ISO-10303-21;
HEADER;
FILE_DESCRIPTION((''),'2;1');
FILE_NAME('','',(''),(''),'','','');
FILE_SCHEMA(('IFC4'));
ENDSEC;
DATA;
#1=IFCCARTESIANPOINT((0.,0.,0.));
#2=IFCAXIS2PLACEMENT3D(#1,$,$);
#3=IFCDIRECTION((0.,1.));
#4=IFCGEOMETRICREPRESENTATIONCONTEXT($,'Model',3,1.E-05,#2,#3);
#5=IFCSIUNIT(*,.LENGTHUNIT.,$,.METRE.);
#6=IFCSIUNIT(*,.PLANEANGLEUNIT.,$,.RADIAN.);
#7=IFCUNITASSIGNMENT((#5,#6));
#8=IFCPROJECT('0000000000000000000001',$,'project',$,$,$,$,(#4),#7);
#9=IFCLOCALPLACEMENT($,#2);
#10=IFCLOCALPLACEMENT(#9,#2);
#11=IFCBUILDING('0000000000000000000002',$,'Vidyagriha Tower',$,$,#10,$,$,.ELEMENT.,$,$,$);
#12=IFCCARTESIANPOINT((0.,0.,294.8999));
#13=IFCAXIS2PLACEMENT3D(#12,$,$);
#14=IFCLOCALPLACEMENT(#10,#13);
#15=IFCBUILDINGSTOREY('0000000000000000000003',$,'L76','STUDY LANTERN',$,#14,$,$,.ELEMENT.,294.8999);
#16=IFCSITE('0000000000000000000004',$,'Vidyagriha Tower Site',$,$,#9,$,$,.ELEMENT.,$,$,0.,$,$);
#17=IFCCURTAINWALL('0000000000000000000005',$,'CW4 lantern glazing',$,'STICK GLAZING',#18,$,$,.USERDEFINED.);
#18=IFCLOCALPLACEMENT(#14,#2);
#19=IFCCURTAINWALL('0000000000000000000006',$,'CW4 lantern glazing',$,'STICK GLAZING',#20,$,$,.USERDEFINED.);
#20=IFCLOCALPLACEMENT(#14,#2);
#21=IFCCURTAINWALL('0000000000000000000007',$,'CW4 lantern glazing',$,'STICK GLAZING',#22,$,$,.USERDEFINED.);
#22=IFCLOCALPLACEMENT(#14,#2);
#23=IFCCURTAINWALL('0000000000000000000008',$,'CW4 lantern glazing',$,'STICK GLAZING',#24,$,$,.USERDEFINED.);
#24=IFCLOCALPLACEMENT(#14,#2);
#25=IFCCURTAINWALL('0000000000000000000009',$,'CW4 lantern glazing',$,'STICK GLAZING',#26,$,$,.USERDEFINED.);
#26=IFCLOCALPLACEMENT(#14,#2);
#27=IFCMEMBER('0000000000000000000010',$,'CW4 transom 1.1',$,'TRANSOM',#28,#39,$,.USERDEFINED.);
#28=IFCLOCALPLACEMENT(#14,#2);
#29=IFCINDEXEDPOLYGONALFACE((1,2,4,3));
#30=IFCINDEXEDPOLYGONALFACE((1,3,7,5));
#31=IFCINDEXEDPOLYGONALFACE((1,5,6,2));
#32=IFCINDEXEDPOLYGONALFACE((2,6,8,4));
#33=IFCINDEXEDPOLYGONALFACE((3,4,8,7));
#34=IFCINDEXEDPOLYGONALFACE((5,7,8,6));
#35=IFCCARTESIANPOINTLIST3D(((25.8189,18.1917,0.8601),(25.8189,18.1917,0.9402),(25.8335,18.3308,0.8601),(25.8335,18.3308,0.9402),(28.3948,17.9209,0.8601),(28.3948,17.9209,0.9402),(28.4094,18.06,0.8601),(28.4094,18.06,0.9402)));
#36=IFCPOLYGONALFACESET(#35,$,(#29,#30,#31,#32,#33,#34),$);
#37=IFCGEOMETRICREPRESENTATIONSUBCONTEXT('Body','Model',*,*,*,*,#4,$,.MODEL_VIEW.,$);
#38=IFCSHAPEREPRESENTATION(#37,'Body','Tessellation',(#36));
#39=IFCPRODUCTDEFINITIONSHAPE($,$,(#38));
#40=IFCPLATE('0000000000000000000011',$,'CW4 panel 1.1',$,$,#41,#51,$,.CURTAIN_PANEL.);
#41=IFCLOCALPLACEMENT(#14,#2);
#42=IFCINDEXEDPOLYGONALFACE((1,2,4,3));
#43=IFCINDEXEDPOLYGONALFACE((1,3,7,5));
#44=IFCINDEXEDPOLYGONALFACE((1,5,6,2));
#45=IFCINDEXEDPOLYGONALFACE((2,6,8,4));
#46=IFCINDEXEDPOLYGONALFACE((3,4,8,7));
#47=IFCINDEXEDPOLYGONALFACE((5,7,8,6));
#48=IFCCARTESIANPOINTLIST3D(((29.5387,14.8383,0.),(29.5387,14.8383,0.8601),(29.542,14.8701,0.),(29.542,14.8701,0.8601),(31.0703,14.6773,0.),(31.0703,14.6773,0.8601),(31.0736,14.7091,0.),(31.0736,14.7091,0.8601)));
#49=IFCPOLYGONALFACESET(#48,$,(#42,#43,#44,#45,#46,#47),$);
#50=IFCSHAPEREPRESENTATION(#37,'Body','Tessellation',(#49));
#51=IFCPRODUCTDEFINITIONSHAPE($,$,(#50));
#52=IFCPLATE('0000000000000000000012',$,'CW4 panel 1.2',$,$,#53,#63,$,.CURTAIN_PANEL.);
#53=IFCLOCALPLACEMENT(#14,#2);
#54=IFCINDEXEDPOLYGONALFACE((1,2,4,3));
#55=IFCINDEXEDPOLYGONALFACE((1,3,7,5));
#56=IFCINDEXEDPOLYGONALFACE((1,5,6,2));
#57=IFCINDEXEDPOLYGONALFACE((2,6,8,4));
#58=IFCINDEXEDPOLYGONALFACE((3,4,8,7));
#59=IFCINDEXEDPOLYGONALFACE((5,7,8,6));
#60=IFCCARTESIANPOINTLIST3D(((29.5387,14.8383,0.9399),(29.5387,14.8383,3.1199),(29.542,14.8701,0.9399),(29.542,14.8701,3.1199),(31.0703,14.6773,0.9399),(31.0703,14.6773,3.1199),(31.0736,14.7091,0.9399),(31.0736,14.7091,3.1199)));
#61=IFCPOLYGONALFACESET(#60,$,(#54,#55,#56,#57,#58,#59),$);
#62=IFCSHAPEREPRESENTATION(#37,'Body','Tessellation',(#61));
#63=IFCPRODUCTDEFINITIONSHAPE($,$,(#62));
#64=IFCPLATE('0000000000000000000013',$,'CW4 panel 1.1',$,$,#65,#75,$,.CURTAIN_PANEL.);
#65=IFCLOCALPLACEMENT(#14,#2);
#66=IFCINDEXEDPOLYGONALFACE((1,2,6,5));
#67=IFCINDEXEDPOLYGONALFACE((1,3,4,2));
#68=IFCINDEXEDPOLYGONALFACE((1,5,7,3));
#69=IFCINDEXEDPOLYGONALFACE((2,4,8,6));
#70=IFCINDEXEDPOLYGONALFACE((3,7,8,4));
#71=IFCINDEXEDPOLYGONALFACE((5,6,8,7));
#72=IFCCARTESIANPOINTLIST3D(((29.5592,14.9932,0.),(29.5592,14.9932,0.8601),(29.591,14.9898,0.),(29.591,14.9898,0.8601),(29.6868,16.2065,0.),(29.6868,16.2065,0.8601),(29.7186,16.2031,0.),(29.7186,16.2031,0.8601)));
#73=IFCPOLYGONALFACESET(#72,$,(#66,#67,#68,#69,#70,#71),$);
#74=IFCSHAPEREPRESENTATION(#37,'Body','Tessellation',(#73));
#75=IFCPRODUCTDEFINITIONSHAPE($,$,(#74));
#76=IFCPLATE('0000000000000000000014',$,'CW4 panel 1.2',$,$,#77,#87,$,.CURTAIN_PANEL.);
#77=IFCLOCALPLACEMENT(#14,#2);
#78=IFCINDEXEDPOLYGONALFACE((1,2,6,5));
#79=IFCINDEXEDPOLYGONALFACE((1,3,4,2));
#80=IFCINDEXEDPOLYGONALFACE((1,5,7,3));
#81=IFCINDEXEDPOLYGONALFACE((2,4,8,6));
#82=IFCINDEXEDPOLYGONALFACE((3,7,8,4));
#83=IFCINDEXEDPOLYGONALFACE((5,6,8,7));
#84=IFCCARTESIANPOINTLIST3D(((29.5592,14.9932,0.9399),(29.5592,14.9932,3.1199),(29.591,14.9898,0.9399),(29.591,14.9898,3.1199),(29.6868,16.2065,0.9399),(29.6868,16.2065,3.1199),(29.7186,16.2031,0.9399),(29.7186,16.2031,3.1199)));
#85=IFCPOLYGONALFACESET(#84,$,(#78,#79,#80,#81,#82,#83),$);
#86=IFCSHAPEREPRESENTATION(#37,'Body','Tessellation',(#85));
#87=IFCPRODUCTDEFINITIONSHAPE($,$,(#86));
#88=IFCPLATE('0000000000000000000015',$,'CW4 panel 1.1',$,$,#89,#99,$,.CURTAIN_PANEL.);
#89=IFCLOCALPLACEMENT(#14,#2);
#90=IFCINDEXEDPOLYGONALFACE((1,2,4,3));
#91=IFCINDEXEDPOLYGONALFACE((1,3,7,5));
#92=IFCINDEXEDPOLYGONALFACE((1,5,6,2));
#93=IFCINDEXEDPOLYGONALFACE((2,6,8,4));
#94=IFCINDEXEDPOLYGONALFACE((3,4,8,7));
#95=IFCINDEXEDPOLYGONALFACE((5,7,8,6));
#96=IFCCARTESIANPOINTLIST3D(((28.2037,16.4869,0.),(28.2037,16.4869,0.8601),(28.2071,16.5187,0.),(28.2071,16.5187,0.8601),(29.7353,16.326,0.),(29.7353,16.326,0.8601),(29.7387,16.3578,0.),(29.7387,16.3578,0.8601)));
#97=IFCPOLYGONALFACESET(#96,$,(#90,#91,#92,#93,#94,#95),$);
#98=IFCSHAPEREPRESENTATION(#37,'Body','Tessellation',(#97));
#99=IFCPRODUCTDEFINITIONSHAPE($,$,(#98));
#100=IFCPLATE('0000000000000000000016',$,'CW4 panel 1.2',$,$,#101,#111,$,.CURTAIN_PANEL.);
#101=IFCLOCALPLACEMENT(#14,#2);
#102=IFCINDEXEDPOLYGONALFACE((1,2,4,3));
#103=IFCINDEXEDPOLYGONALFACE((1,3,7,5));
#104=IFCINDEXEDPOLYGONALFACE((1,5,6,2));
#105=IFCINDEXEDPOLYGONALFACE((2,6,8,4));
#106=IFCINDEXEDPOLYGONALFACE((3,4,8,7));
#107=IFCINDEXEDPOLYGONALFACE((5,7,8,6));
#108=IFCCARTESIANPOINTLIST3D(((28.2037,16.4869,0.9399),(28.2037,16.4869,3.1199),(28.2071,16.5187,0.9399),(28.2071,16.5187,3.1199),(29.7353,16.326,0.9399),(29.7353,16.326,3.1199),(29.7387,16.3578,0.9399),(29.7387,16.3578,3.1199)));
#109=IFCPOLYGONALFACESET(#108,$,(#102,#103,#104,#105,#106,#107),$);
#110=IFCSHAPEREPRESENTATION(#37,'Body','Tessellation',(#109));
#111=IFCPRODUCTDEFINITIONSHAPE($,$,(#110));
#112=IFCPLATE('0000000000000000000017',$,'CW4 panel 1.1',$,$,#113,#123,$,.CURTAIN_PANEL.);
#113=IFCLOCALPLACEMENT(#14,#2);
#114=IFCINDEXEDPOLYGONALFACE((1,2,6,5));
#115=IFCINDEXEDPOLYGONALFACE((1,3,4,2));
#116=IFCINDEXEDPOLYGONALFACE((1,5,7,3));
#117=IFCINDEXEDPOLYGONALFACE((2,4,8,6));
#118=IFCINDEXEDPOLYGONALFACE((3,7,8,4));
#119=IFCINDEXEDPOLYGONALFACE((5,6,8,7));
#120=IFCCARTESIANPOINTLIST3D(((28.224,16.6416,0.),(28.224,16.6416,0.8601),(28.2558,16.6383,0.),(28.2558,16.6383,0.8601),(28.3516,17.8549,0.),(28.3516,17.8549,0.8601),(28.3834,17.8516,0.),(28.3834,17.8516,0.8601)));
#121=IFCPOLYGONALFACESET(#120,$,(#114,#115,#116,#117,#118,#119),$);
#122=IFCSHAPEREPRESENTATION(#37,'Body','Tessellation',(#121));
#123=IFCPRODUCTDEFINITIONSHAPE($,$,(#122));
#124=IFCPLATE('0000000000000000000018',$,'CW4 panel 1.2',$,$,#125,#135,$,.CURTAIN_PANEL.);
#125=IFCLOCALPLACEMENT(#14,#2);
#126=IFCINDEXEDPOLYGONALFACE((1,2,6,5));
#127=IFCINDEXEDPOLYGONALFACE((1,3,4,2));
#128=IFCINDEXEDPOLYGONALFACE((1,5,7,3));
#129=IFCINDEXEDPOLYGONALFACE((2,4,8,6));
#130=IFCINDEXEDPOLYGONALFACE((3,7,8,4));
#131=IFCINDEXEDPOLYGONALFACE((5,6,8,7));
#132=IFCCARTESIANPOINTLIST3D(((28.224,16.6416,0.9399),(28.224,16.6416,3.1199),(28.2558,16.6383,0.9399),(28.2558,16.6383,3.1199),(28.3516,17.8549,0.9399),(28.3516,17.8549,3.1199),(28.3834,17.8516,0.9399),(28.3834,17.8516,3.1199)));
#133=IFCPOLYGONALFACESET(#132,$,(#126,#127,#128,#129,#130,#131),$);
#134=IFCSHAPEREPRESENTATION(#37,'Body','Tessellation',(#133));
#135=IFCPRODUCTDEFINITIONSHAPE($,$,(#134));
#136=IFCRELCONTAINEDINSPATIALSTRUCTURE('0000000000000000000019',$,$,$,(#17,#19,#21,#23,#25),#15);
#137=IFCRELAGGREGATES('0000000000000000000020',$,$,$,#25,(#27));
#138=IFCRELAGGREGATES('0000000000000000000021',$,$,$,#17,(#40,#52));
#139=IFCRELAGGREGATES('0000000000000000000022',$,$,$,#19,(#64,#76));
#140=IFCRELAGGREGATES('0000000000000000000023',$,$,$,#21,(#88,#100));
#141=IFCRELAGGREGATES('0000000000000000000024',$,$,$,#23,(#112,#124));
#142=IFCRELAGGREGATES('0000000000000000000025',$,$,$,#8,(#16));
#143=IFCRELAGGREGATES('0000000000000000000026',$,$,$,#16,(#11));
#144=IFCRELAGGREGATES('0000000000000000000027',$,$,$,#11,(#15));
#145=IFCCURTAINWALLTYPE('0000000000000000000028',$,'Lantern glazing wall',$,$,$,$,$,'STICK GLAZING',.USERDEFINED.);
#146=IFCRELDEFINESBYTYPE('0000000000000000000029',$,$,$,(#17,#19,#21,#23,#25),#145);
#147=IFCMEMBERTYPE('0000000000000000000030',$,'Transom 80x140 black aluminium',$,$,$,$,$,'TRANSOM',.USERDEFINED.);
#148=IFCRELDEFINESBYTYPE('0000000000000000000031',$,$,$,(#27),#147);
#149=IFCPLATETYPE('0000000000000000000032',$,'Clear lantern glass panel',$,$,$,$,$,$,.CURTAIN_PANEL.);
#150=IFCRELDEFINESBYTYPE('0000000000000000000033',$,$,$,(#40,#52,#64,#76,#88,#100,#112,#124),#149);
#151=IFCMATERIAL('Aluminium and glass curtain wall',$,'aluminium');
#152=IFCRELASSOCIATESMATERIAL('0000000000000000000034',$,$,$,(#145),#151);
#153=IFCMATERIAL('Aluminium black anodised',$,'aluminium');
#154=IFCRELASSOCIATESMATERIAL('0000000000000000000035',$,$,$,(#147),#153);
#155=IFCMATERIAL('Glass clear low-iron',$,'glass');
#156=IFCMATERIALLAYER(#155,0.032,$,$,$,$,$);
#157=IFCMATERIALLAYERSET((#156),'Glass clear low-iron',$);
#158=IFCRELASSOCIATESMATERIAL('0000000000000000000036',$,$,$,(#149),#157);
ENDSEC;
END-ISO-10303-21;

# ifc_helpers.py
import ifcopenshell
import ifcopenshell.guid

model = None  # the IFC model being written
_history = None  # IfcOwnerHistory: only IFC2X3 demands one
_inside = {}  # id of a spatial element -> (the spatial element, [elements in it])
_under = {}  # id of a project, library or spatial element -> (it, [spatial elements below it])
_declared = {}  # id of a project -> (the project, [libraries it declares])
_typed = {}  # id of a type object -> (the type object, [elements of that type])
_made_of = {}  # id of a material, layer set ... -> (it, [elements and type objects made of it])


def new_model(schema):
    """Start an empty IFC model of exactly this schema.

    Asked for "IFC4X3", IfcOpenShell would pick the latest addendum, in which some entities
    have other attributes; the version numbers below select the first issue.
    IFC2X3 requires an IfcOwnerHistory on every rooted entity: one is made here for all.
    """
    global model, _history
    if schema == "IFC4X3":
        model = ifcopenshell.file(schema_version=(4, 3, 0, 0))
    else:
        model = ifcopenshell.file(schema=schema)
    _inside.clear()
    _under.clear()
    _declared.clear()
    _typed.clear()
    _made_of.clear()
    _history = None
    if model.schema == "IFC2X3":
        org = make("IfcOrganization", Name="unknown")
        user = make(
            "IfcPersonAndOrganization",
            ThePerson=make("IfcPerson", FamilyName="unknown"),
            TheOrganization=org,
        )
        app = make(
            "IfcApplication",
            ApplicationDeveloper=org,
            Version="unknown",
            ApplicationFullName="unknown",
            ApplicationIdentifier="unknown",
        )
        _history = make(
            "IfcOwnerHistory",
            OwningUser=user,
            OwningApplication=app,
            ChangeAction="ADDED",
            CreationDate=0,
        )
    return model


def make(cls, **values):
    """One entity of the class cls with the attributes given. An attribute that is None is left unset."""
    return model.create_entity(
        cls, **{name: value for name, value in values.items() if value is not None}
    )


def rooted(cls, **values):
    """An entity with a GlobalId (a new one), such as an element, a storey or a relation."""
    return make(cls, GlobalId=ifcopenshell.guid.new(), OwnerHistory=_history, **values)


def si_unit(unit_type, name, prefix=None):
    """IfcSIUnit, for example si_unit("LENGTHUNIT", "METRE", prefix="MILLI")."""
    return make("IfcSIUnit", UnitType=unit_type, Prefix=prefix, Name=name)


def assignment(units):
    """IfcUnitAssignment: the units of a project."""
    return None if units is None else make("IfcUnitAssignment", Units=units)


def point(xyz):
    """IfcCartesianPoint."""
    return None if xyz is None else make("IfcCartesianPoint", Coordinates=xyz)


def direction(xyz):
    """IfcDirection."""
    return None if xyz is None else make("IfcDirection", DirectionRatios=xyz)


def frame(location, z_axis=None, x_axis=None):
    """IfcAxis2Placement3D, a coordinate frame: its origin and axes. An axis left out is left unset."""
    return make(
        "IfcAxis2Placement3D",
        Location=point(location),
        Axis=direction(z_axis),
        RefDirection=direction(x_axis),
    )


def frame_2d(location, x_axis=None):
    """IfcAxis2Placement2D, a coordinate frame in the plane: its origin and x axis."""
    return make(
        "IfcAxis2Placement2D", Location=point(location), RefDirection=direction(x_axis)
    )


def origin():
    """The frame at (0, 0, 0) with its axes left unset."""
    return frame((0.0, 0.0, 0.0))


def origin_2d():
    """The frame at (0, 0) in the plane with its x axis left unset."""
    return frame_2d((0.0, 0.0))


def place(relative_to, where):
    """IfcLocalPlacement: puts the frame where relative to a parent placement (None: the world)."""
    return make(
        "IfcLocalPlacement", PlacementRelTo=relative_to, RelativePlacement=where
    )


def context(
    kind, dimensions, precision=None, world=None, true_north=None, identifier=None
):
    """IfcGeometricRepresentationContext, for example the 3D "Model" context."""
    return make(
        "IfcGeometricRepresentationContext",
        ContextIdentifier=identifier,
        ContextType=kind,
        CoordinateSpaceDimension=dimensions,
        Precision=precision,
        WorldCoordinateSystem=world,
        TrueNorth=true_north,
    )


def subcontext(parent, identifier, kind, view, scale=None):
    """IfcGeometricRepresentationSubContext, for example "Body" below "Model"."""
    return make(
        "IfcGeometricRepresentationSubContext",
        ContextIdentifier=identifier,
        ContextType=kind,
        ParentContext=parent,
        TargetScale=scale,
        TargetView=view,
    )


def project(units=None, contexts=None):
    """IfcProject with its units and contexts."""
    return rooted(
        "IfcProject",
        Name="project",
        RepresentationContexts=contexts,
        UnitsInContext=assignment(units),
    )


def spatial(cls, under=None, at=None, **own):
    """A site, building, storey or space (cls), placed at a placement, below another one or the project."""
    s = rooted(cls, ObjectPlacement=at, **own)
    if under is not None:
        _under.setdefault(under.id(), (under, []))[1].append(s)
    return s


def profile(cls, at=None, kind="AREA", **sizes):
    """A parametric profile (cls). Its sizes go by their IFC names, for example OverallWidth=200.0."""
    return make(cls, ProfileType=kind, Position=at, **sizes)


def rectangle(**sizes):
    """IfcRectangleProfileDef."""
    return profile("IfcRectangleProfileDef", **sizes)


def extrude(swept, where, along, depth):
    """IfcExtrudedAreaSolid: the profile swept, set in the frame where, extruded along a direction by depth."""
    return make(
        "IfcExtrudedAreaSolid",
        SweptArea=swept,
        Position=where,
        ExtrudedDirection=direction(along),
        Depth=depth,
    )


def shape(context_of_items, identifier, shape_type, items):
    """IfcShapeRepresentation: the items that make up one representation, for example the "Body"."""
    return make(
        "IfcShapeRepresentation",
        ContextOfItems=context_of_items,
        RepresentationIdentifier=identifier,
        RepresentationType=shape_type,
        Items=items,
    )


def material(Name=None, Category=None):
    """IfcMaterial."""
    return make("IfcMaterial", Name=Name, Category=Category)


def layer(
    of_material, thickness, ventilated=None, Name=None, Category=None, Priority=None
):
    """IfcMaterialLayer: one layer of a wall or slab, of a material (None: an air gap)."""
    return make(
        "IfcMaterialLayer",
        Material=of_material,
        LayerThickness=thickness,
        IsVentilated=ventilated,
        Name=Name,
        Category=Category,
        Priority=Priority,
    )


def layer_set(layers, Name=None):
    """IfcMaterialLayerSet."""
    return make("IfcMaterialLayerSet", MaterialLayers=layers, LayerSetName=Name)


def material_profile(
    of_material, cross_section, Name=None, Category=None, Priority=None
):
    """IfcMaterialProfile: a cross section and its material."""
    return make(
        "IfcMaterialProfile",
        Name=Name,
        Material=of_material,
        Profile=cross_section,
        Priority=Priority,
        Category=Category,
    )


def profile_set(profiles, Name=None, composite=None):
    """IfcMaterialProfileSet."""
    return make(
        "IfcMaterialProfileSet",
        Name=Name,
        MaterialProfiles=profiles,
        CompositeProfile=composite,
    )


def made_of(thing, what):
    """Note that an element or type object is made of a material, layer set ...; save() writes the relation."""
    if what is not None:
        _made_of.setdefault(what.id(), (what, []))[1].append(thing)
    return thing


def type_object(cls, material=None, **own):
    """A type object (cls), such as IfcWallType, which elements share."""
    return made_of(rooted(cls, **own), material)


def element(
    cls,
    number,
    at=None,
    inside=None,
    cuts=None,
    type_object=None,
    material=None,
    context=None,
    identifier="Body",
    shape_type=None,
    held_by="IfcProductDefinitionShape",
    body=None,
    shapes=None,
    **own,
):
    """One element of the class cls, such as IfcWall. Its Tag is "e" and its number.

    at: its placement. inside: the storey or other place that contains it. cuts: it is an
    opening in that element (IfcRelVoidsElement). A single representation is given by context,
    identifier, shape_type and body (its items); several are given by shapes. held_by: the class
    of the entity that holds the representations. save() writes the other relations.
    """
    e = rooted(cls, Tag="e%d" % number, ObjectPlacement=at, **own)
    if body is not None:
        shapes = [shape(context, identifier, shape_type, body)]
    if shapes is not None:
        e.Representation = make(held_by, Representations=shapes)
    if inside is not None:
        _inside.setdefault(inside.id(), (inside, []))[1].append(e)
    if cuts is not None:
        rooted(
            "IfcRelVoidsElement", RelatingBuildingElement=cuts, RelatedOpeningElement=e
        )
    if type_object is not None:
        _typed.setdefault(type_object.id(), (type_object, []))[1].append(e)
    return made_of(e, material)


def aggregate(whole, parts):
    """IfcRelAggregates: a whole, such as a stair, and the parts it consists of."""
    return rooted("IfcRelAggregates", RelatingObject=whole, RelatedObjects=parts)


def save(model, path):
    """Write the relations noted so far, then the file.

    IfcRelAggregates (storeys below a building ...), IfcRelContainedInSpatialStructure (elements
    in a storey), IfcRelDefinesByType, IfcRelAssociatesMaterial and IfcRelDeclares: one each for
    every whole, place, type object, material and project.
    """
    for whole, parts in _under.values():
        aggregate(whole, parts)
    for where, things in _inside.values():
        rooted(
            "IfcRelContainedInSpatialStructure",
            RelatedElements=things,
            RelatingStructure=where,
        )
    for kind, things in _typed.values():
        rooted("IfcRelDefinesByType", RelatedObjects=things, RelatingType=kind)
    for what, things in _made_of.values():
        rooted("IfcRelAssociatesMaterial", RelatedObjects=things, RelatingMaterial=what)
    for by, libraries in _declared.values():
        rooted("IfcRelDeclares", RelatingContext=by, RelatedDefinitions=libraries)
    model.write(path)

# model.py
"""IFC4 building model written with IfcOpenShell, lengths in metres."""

from ifc_helpers import new_model, si_unit, direction, frame, origin, origin_2d, place, context, subcontext, project, spatial, rectangle, extrude, material, layer, layer_set, material_profile, profile_set, type_object, element, aggregate, save


model = new_model("IFC4")

# Units and contexts
model_context = context("Model", 3, precision=1e-05, world=origin(), true_north=direction((0.0, 1.0)))
body_context = subcontext(model_context, "Body", "Model", "MODEL_VIEW")
ifc_project = project(units=[si_unit("LENGTHUNIT", "METRE"), si_unit("PLANEANGLEUNIT", "RADIAN")], contexts=[model_context])

# Site, building, storey
site_placement = place(None, origin())
site = spatial("IfcSite", under=ifc_project, at=site_placement, Name="Vidyagriha Tower Site", CompositionType="ELEMENT", RefElevation=0.0)
building_placement = place(site_placement, origin())
building = spatial("IfcBuilding", under=site, at=building_placement, Name="Vidyagriha Tower", CompositionType="ELEMENT")
storey_placement = place(building_placement, frame((0.0, 0.0, 294.8999)))
storey = spatial("IfcBuildingStorey", under=building, at=storey_placement, Name="L76", Description="STUDY LANTERN", CompositionType="ELEMENT", Elevation=294.8999)

# Shared definitions
ifc_material_1 = material(Name="Aluminium and glass curtain wall", Category="aluminium")
curtain_wall_type = type_object("IfcCurtainWallType", Name="Lantern glazing wall", ElementType="STICK GLAZING", PredefinedType="USERDEFINED", material=ifc_material_1)

# Curtain walls
curtain_wall_1_placement = place(storey_placement, origin())
curtain_wall_1 = element("IfcCurtainWall", 1, at=curtain_wall_1_placement, inside=storey, type_object=curtain_wall_type, Name="CW4 lantern glazing", ObjectType="STICK GLAZING", PredefinedType="USERDEFINED")
curtain_wall_2_placement = place(storey_placement, origin())
curtain_wall_2 = element("IfcCurtainWall", 2, at=curtain_wall_2_placement, inside=storey, type_object=curtain_wall_type, Name="CW4 lantern glazing", ObjectType="STICK GLAZING", PredefinedType="USERDEFINED")

# Curtain wall
curtain_wall_3_placement = place(storey_placement, origin())
curtain_wall_3 = element("IfcCurtainWall", 3, at=curtain_wall_3_placement, inside=storey, type_object=curtain_wall_type, Name="CW4 lantern glazing", ObjectType="STICK GLAZING", PredefinedType="USERDEFINED")

# Curtain wall
curtain_wall_4_placement = place(storey_placement, origin())
curtain_wall_4 = element("IfcCurtainWall", 4, at=curtain_wall_4_placement, inside=storey, type_object=curtain_wall_type, Name="CW4 lantern glazing", ObjectType="STICK GLAZING", PredefinedType="USERDEFINED")

# Curtain wall
curtain_wall_5_placement = place(storey_placement, origin())
curtain_wall_5 = element("IfcCurtainWall", 5, at=curtain_wall_5_placement, inside=storey, type_object=curtain_wall_type, Name="CW4 lantern glazing", ObjectType="STICK GLAZING", PredefinedType="USERDEFINED")

# Member
ifc_material_2 = material(Name="Aluminium black anodised", Category="aluminium")
ifc_material_profile_1 = material_profile(ifc_material_2, rectangle(XDim=0.1399, YDim=0.0801, at=origin_2d()), Name="Transom 80x140 black aluminium")
ifc_profile_set_1 = profile_set([ifc_material_profile_1], Name="Aluminium black anodised")
member_type_1 = type_object("IfcMemberType", Name="Transom 80x140 black aluminium", ElementType="TRANSOM", PredefinedType="USERDEFINED", material=ifc_profile_set_1)
member_1_placement = place(storey_placement, frame((28.4021, 17.9905, 0.9001), z_axis=(-0.994521, 0.104533, 0.0), x_axis=(-0.104533, -0.994521, 0.0)))
member_1 = element("IfcMember", 6, at=member_1_placement, type_object=member_type_1, Name="CW4 transom 1.1", ObjectType="TRANSOM", PredefinedType="USERDEFINED", context=body_context, shape_type="SweptSolid", body=[
    extrude(rectangle(XDim=0.1399, YDim=0.0801, at=origin_2d()), origin(), (0.0, 0.0, 1.0), 2.5901),
])
aggregate(curtain_wall_5, [member_1])

# Plates
ifc_material_3 = material(Name="Glass clear low-iron", Category="glass")
ifc_layer = layer(ifc_material_3, 0.032)
ifc_layer_set = layer_set([ifc_layer], Name="Glass clear low-iron")
plate_type = type_object("IfcPlateType", Name="Clear lantern glass panel", PredefinedType="CURTAIN_PANEL", material=ifc_layer_set)
plate_1_placement = place(storey_placement, frame((30.3062, 14.7737, 0.0), z_axis=(0.0, 0.0, 1.0), x_axis=(-0.994523, 0.104519, 0.0)))
plate_1 = element("IfcPlate", 7, at=plate_1_placement, type_object=plate_type, Name="CW4 panel 1.1", PredefinedType="CURTAIN_PANEL", context=body_context, shape_type="SweptSolid", body=[
    extrude(rectangle(XDim=1.54, YDim=0.032, at=origin_2d()), origin(), (0.0, 0.0, 1.0), 0.8601),
])
plate_2_placement = place(storey_placement, frame((30.3062, 14.7737, 0.9399), z_axis=(0.0, 0.0, 1.0), x_axis=(-0.994523, 0.104519, 0.0)))
plate_2 = element("IfcPlate", 8, at=plate_2_placement, type_object=plate_type, Name="CW4 panel 1.2", PredefinedType="CURTAIN_PANEL", context=body_context, shape_type="SweptSolid", body=[
    extrude(rectangle(XDim=1.54, YDim=0.032, at=origin_2d()), origin(), (0.0, 0.0, 1.0), 2.1799),
])
aggregate(curtain_wall_1, [plate_1, plate_2])
plate_3_placement = place(storey_placement, frame((29.6389, 15.5981, 0.0), z_axis=(0.0, 0.0, 1.0), x_axis=(0.104557, 0.994519, 0.0)))
plate_3 = element("IfcPlate", 9, at=plate_3_placement, type_object=plate_type, Name="CW4 panel 1.1", PredefinedType="CURTAIN_PANEL", context=body_context, shape_type="SweptSolid", body=[
    extrude(rectangle(XDim=1.22, YDim=0.032, at=origin_2d()), origin(), (0.0, 0.0, 1.0), 0.8601),
])
plate_4_placement = place(storey_placement, frame((29.6389, 15.5981, 0.9399), z_axis=(0.0, 0.0, 1.0), x_axis=(0.104557, 0.994519, 0.0)))
plate_4 = element("IfcPlate", 10, at=plate_4_placement, type_object=plate_type, Name="CW4 panel 1.2", PredefinedType="CURTAIN_PANEL", context=body_context, shape_type="SweptSolid", body=[
    extrude(rectangle(XDim=1.22, YDim=0.032, at=origin_2d()), origin(), (0.0, 0.0, 1.0), 2.1799),
])
aggregate(curtain_wall_2, [plate_3, plate_4])
plate_5_placement = place(storey_placement, frame((28.9712, 16.4224, 0.0), z_axis=(0.0, 0.0, 1.0), x_axis=(-0.994523, 0.104519, 0.0)))
plate_5 = element("IfcPlate", 11, at=plate_5_placement, type_object=plate_type, Name="CW4 panel 1.1", PredefinedType="CURTAIN_PANEL", context=body_context, shape_type="SweptSolid", body=[
    extrude(rectangle(XDim=1.54, YDim=0.032, at=origin_2d()), origin(), (0.0, 0.0, 1.0), 0.8601),
])
plate_6_placement = place(storey_placement, frame((28.9712, 16.4224, 0.9399), z_axis=(0.0, 0.0, 1.0), x_axis=(-0.994523, 0.104519, 0.0)))
plate_6 = element("IfcPlate", 12, at=plate_6_placement, type_object=plate_type, Name="CW4 panel 1.2", PredefinedType="CURTAIN_PANEL", context=body_context, shape_type="SweptSolid", body=[
    extrude(rectangle(XDim=1.54, YDim=0.032, at=origin_2d()), origin(), (0.0, 0.0, 1.0), 2.1799),
])
aggregate(curtain_wall_3, [plate_5, plate_6])
plate_7_placement = place(storey_placement, frame((28.3037, 17.2466, 0.0), z_axis=(0.0, 0.0, 1.0), x_axis=(0.104557, 0.994519, 0.0)))
plate_7 = element("IfcPlate", 13, at=plate_7_placement, type_object=plate_type, Name="CW4 panel 1.1", PredefinedType="CURTAIN_PANEL", context=body_context, shape_type="SweptSolid", body=[
    extrude(rectangle(XDim=1.22, YDim=0.032, at=origin_2d()), origin(), (0.0, 0.0, 1.0), 0.8601),
])
plate_8_placement = place(storey_placement, frame((28.3037, 17.2466, 0.9399), z_axis=(0.0, 0.0, 1.0), x_axis=(0.104557, 0.994519, 0.0)))
plate_8 = element("IfcPlate", 14, at=plate_8_placement, type_object=plate_type, Name="CW4 panel 1.2", PredefinedType="CURTAIN_PANEL", context=body_context, shape_type="SweptSolid", body=[
    extrude(rectangle(XDim=1.22, YDim=0.032, at=origin_2d()), origin(), (0.0, 0.0, 1.0), 2.1799),
])
aggregate(curtain_wall_4, [plate_7, plate_8])

save(model, "model.ifc")
